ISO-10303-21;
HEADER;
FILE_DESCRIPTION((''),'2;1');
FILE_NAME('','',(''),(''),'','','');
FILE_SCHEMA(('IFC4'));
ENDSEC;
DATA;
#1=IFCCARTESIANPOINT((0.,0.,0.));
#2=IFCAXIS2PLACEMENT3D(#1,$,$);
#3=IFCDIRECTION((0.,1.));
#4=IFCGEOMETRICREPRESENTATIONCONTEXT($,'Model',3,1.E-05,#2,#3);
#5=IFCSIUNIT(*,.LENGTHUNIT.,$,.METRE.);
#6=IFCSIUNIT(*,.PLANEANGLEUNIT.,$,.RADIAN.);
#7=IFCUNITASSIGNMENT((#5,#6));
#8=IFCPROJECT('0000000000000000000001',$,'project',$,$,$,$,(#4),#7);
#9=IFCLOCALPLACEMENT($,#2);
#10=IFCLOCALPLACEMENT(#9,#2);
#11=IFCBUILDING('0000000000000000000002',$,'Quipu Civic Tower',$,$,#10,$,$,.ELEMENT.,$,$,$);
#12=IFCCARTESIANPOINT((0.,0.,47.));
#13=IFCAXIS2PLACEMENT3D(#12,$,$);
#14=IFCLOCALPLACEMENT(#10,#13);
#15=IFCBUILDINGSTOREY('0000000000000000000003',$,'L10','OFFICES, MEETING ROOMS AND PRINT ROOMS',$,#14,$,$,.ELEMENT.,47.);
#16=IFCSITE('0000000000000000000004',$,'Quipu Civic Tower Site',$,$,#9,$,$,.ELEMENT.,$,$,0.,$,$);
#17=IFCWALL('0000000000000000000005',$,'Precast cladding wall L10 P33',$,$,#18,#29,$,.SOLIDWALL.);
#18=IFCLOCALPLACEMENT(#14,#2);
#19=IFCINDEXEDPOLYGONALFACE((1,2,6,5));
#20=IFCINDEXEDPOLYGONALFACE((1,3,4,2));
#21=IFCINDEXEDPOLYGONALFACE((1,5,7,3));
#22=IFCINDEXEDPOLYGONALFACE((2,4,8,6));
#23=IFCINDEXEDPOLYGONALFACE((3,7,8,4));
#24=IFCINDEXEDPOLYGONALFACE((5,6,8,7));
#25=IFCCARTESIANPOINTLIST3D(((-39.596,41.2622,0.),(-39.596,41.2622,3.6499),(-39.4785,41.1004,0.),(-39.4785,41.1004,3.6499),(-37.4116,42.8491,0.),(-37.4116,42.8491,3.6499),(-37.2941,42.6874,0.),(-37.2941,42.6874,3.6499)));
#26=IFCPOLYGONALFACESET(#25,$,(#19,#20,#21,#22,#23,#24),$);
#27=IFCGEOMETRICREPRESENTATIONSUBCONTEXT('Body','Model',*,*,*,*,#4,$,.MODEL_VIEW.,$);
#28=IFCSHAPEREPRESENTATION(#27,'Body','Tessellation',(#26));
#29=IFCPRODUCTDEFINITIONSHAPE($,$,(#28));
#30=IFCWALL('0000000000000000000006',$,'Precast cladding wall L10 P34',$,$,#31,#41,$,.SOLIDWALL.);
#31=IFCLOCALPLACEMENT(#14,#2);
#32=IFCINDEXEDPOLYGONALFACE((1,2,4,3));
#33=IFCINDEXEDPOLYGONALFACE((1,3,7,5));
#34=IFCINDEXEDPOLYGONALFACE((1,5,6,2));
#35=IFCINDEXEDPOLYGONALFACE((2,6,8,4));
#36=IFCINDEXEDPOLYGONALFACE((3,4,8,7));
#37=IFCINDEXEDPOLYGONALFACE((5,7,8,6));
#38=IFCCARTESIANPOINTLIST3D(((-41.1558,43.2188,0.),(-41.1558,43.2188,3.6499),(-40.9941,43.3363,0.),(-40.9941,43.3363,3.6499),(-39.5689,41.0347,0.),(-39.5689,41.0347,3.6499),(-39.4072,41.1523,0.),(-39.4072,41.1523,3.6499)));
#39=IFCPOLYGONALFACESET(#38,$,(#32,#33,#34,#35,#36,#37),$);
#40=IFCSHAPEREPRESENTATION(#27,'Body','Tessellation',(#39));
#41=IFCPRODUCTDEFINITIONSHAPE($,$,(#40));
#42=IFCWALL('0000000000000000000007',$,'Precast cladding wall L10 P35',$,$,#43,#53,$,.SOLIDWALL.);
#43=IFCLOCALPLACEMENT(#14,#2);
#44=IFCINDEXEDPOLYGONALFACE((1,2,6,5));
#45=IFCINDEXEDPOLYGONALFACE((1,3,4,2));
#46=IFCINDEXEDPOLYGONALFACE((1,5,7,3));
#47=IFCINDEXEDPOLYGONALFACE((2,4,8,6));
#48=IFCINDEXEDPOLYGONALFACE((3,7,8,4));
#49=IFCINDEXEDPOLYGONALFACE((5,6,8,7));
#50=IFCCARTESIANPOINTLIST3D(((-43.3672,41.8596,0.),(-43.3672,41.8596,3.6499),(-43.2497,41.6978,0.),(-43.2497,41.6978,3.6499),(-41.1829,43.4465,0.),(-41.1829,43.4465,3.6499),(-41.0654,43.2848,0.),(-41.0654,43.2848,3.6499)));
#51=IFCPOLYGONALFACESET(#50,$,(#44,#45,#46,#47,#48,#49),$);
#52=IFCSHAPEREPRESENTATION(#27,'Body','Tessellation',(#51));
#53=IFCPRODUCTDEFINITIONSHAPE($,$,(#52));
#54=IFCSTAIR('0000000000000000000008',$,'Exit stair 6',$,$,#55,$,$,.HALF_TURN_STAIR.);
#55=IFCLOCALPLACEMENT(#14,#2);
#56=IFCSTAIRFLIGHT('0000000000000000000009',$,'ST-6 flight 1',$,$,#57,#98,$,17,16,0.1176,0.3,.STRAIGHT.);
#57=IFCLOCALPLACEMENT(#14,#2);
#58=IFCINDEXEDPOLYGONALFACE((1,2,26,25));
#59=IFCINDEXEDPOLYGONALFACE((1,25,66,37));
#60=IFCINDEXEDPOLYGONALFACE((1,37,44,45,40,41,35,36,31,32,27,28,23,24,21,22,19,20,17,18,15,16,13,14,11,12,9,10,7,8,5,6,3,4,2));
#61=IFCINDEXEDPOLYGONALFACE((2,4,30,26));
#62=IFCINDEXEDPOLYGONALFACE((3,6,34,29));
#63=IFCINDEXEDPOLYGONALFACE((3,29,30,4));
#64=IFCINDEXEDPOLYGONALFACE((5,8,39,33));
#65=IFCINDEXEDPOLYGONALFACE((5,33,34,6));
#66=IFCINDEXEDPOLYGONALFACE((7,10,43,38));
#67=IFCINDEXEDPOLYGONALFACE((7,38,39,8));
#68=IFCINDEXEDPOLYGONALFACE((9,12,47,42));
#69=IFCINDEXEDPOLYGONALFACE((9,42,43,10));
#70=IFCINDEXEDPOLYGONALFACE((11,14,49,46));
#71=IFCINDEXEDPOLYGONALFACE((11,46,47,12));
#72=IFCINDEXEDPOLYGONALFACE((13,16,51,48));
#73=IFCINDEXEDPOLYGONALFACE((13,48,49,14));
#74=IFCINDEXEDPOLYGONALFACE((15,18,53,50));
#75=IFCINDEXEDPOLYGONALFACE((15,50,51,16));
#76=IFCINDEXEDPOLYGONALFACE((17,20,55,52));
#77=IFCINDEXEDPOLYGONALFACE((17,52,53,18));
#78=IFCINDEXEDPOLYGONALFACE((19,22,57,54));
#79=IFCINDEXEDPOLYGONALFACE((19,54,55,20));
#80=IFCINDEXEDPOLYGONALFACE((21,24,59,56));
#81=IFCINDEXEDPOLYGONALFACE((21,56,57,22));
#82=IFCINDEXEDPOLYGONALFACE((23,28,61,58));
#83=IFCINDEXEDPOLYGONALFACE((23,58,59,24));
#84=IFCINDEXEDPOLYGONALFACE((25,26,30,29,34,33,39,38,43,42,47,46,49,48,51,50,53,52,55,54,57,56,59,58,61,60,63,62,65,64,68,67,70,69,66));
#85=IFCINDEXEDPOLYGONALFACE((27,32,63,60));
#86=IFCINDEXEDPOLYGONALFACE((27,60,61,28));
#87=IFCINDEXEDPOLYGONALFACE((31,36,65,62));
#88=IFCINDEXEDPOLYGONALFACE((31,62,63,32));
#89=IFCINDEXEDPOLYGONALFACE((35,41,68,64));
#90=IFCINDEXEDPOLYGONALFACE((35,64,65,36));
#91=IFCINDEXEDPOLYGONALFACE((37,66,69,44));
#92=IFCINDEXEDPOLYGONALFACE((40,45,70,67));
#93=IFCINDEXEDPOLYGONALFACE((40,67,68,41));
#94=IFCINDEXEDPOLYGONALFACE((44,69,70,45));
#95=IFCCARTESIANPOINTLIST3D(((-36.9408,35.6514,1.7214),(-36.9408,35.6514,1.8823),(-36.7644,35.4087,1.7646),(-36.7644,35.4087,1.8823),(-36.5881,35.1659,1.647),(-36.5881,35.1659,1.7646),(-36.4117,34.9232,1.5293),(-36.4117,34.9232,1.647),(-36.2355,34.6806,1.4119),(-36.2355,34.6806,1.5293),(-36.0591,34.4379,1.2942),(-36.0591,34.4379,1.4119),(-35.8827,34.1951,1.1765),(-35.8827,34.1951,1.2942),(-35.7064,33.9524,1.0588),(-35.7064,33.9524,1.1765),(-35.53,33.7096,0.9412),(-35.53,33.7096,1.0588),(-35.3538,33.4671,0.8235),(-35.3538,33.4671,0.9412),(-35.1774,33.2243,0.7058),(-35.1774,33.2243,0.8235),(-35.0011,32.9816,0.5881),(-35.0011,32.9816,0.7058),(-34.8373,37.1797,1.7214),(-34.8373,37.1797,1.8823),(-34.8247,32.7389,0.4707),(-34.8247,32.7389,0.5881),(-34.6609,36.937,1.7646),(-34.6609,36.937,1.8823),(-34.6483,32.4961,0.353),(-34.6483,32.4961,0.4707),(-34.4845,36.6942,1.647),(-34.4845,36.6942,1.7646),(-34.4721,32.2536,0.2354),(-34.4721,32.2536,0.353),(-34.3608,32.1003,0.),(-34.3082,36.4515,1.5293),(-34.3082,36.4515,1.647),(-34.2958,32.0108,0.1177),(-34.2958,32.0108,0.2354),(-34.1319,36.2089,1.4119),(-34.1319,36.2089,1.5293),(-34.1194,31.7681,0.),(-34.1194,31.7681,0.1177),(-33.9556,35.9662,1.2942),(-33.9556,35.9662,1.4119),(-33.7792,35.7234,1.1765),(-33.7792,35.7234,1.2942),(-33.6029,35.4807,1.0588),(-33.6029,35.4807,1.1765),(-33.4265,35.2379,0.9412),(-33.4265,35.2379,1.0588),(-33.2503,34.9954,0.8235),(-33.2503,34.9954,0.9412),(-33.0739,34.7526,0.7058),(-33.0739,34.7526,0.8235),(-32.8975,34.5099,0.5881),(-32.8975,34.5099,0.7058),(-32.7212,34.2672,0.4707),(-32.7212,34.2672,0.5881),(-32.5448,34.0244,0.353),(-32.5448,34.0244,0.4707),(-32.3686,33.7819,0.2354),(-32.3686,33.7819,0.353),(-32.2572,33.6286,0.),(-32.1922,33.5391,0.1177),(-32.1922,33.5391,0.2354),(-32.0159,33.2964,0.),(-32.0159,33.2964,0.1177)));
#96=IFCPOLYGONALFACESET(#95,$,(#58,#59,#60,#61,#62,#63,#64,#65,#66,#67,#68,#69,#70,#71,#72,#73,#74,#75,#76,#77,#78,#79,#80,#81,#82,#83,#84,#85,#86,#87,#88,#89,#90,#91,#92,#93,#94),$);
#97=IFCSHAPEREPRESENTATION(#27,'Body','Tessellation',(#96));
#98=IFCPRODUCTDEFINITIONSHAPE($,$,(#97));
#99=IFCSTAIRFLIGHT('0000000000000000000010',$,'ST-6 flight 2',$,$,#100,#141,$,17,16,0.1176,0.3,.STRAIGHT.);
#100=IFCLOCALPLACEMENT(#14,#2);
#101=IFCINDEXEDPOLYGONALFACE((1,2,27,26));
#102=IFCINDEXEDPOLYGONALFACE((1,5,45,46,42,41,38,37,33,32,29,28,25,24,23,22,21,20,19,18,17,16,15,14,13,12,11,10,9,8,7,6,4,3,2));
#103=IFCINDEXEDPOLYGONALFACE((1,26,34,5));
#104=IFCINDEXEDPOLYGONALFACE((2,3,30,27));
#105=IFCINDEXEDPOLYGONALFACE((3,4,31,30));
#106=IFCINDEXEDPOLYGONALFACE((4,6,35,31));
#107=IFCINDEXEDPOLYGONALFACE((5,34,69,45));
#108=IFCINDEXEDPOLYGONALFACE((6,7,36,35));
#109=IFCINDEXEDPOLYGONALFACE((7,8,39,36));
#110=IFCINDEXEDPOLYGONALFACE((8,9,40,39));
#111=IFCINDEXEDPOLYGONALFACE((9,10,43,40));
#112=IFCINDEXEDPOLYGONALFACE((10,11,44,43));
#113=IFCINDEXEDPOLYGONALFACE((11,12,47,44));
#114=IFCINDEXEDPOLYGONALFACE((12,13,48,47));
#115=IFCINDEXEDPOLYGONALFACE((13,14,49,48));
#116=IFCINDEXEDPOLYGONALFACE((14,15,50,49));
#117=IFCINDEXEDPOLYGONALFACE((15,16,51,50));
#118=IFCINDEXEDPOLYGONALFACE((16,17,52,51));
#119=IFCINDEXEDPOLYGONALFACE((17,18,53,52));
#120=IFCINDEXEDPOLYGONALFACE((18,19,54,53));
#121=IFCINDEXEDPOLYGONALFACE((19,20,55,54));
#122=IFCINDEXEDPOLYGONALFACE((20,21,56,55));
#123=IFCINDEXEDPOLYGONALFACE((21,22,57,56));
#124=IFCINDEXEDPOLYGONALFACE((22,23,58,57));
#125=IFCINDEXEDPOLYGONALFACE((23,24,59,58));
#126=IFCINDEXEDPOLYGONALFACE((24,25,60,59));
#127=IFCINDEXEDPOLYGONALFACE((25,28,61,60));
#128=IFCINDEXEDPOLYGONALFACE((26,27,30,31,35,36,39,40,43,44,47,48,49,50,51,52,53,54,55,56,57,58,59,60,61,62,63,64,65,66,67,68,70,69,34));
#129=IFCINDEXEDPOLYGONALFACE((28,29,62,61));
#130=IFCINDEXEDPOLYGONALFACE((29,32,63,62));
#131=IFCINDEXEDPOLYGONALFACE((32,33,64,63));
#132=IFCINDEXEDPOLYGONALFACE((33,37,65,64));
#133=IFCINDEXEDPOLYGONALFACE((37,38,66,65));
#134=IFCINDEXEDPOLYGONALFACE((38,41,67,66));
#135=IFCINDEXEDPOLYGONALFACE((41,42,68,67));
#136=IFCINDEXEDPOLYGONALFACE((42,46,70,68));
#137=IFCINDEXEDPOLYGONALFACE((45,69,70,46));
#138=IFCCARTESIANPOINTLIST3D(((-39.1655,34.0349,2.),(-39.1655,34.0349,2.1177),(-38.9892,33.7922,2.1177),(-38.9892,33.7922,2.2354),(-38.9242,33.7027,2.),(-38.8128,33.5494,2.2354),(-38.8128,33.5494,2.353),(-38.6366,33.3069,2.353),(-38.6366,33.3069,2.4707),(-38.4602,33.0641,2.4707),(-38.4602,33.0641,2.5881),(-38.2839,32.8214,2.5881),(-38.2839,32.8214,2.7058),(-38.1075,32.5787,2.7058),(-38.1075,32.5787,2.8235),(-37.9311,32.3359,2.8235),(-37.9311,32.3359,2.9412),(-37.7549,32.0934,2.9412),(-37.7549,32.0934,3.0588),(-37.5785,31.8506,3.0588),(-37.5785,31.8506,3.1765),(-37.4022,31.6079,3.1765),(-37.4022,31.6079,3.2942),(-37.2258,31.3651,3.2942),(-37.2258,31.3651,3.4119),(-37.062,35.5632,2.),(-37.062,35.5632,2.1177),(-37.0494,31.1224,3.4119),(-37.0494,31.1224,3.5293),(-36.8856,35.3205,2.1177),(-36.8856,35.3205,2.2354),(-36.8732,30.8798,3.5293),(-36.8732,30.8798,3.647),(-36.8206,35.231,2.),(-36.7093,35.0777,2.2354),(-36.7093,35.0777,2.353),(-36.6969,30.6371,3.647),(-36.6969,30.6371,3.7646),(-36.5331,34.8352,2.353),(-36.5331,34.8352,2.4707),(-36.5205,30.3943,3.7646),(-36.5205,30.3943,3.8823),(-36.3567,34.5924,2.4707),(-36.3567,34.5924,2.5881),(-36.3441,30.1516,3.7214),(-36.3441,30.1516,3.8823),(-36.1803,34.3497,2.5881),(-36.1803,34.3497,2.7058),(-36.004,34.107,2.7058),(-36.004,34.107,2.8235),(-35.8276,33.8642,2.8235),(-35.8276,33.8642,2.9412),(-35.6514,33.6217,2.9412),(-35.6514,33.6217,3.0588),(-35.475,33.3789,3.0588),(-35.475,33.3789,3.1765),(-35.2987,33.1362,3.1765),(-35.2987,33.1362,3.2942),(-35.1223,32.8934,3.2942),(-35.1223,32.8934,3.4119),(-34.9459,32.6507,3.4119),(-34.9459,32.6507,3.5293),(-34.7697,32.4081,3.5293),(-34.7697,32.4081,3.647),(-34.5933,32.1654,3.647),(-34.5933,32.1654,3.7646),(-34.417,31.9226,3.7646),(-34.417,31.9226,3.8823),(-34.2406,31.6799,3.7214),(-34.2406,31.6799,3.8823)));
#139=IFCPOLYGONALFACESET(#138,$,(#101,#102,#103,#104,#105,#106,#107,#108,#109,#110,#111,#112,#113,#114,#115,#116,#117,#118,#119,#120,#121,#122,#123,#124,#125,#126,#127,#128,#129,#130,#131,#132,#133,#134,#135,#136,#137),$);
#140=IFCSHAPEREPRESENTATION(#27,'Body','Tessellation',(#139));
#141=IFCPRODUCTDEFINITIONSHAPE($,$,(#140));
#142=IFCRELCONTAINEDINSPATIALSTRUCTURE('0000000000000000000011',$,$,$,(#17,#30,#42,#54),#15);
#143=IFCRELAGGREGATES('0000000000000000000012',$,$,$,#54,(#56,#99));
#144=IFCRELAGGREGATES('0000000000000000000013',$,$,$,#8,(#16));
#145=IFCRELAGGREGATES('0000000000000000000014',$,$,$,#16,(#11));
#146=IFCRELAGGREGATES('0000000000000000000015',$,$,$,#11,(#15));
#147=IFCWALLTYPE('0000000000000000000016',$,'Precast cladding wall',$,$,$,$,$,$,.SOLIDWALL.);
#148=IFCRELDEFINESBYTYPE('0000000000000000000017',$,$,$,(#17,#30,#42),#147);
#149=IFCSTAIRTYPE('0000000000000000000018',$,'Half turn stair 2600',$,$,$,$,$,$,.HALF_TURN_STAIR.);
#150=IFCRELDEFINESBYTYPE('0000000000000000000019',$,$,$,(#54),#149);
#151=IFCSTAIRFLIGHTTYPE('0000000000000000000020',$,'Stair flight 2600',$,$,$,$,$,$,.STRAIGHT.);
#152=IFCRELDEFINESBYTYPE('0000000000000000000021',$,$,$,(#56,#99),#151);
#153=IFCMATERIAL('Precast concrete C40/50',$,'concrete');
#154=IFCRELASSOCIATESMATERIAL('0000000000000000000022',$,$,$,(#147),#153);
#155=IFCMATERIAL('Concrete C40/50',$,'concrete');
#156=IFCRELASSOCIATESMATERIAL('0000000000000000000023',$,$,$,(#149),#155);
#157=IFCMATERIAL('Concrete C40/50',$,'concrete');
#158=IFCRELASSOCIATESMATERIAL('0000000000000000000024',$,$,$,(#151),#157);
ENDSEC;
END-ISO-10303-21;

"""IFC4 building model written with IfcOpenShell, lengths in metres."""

from ifc_helpers import new_model, si_unit, direction, frame, frame_2d, origin, place, context, subcontext, project, spatial, polyline, rectangle, outline, extrude, material, type_object, element, aggregate, save


model = new_model("IFC4")

# Units and contexts
model_context = context("Model", 3, precision=1e-05, world=origin(), true_north=direction((0.0, 1.0)))
body_context = subcontext(model_context, "Body", "Model", "MODEL_VIEW")
ifc_project = project(units=[si_unit("LENGTHUNIT", "METRE"), si_unit("PLANEANGLEUNIT", "RADIAN")], contexts=[model_context])

# Site, building, storey
site_placement = place(None, origin())
site = spatial("IfcSite", under=ifc_project, at=site_placement, Name="Quipu Civic Tower Site", CompositionType="ELEMENT", RefElevation=0.0)
building_placement = place(site_placement, origin())
building = spatial("IfcBuilding", under=site, at=building_placement, Name="Quipu Civic Tower", CompositionType="ELEMENT")
storey_placement = place(building_placement, frame((0.0, 0.0, 47.0)))
storey = spatial("IfcBuildingStorey", under=building, at=storey_placement, Name="L10", Description="OFFICES, MEETING ROOMS AND PRINT ROOMS", CompositionType="ELEMENT", Elevation=47.0)

# Walls
ifc_material_1 = material(Name="Precast concrete C40/50", Category="concrete")
wall_type_1 = type_object("IfcWallType", Name="Precast cladding wall", PredefinedType="SOLIDWALL", material=ifc_material_1)
wall_1_placement = place(storey_placement, frame((-37.3528, 42.7683, 0.0), z_axis=(0.0, 0.0, 1.0), x_axis=(-0.809033, -0.587763, 0.0)))
element("IfcWall", 1, at=wall_1_placement, inside=storey, type_object=wall_type_1, Name="Precast cladding wall L10 P33", PredefinedType="SOLIDWALL", context=body_context, shape_type="SweptSolid", body=[
    extrude(rectangle(XDim=2.7, YDim=0.2, at=frame_2d((1.3501, 0.0))), origin(), (0.0, 0.0, 1.0), 3.6499),
])
wall_2_placement = place(storey_placement, frame((-39.488, 41.0935, 0.0), z_axis=(0.0, 0.0, 1.0), x_axis=(-0.587806, 0.809002, 0.0)))
element("IfcWall", 2, at=wall_2_placement, inside=storey, type_object=wall_type_1, Name="Precast cladding wall L10 P34", PredefinedType="SOLIDWALL", context=body_context, shape_type="SweptSolid", body=[
    extrude(rectangle(XDim=2.6997, YDim=0.2, at=frame_2d((1.3499, 0.0))), origin(), (0.0, 0.0, 1.0), 3.6499),
])
wall_3_placement = place(storey_placement, frame((-41.124, 43.3657, 0.0), z_axis=(0.0, 0.0, 1.0), x_axis=(-0.809033, -0.587763, 0.0)))
element("IfcWall", 3, at=wall_3_placement, inside=storey, type_object=wall_type_1, Name="Precast cladding wall L10 P35", PredefinedType="SOLIDWALL", context=body_context, shape_type="SweptSolid", body=[
    extrude(rectangle(XDim=2.7, YDim=0.2, at=frame_2d((1.3501, 0.0))), origin(), (0.0, 0.0, 1.0), 3.6499),
])

# Stair, stair flights
ifc_material_2 = material(Name="Concrete C40/50", Category="concrete")
stair_type = type_object("IfcStairType", Name="Half turn stair 2600", PredefinedType="HALF_TURN_STAIR", material=ifc_material_2)
stair_placement = place(storey_placement, origin())
stair = element("IfcStair", 4, at=stair_placement, inside=storey, type_object=stair_type, Name="Exit stair 6", PredefinedType="HALF_TURN_STAIR")
ifc_material_3 = material(Name="Concrete C40/50", Category="concrete")
stair_flight_type = type_object("IfcStairFlightType", Name="Stair flight 2600", PredefinedType="STRAIGHT", material=ifc_material_3)
stair_flight_1_placement = place(storey_placement, frame((-33.0676, 32.5322, 0.0), z_axis=(0.0, 0.0, 1.0), x_axis=(-0.587785, 0.809017, 0.0)))
stair_flight_1 = element("IfcStairFlight", 5, at=stair_flight_1_placement, type_object=stair_flight_type, Name="ST-6 flight 1", NumberOfRisers=17, NumberOfTreads=16, PredefinedType="STRAIGHT", RiserHeight=0.1176, TreadLength=0.3, context=body_context, shape_type="SweptSolid", body=[
    extrude(outline(polyline([(0.0, 0.0), (0.0, 0.1177), (0.3, 0.1177), (0.3, 0.2354), (0.6001, 0.2354), (0.6001, 0.353), (0.8999, 0.353), (0.8999, 0.4707), (1.2, 0.4707), (1.2, 0.5881), (1.5, 0.5881), (1.5, 0.7058), (1.8, 0.7058), (1.8, 0.8235), (2.1001, 0.8235), (2.1001, 0.9412), (2.3999, 0.9412), (2.3999, 1.0588), (2.7, 1.0588), (2.7, 1.1765), (3.0, 1.1765), (3.0, 1.2942), (3.3, 1.2942), (3.3, 1.4119), (3.6001, 1.4119), (3.6001, 1.5293), (3.8999, 1.5293), (3.8999, 1.647), (4.2, 1.647), (4.2, 1.7646), (4.5, 1.7646), (4.5, 1.8823), (4.8, 1.8823), (4.8, 2.0), (4.8, 1.7214), (0.4106, 0.0), (0.0, 0.0)])), frame((0.0, 1.3, 0.0), z_axis=(0.0, -1.0, 0.0), x_axis=(1.0, 0.0, 0.0)), (0.0, 0.0, 1.0), 2.6001),
])
stair_flight_2_placement = place(storey_placement, frame((-38.1138, 34.7991, 2.0), z_axis=(0.0, 0.0, 1.0), x_axis=(0.587785, -0.809017, 0.0)))
stair_flight_2 = element("IfcStairFlight", 6, at=stair_flight_2_placement, type_object=stair_flight_type, Name="ST-6 flight 2", NumberOfRisers=17, NumberOfTreads=16, PredefinedType="STRAIGHT", RiserHeight=0.1176, TreadLength=0.3, context=body_context, shape_type="SweptSolid", body=[
    extrude(outline(polyline([(0.0, 0.0), (0.0, 0.1177), (0.3, 0.1177), (0.3, 0.2354), (0.6001, 0.2354), (0.6001, 0.353), (0.8999, 0.353), (0.8999, 0.4707), (1.2, 0.4707), (1.2, 0.5881), (1.5, 0.5881), (1.5, 0.7058), (1.8, 0.7058), (1.8, 0.8235), (2.1001, 0.8235), (2.1001, 0.9412), (2.3999, 0.9412), (2.3999, 1.0588), (2.7, 1.0588), (2.7, 1.1765), (3.0, 1.1765), (3.0, 1.2942), (3.3, 1.2942), (3.3, 1.4119), (3.6001, 1.4119), (3.6001, 1.5293), (3.8999, 1.5293), (3.8999, 1.647), (4.2, 1.647), (4.2, 1.7646), (4.5, 1.7646), (4.5, 1.8823), (4.8, 1.8823), (4.8, 2.0), (4.8, 1.7214), (0.4106, 0.0), (0.0, 0.0)])), frame((0.0, 1.3, 0.0), z_axis=(0.0, -1.0, 0.0), x_axis=(1.0, 0.0, 0.0)), (0.0, 0.0, 1.0), 2.6001),
])
aggregate(stair, [stair_flight_1, stair_flight_2])

save(model, "model.ifc")
